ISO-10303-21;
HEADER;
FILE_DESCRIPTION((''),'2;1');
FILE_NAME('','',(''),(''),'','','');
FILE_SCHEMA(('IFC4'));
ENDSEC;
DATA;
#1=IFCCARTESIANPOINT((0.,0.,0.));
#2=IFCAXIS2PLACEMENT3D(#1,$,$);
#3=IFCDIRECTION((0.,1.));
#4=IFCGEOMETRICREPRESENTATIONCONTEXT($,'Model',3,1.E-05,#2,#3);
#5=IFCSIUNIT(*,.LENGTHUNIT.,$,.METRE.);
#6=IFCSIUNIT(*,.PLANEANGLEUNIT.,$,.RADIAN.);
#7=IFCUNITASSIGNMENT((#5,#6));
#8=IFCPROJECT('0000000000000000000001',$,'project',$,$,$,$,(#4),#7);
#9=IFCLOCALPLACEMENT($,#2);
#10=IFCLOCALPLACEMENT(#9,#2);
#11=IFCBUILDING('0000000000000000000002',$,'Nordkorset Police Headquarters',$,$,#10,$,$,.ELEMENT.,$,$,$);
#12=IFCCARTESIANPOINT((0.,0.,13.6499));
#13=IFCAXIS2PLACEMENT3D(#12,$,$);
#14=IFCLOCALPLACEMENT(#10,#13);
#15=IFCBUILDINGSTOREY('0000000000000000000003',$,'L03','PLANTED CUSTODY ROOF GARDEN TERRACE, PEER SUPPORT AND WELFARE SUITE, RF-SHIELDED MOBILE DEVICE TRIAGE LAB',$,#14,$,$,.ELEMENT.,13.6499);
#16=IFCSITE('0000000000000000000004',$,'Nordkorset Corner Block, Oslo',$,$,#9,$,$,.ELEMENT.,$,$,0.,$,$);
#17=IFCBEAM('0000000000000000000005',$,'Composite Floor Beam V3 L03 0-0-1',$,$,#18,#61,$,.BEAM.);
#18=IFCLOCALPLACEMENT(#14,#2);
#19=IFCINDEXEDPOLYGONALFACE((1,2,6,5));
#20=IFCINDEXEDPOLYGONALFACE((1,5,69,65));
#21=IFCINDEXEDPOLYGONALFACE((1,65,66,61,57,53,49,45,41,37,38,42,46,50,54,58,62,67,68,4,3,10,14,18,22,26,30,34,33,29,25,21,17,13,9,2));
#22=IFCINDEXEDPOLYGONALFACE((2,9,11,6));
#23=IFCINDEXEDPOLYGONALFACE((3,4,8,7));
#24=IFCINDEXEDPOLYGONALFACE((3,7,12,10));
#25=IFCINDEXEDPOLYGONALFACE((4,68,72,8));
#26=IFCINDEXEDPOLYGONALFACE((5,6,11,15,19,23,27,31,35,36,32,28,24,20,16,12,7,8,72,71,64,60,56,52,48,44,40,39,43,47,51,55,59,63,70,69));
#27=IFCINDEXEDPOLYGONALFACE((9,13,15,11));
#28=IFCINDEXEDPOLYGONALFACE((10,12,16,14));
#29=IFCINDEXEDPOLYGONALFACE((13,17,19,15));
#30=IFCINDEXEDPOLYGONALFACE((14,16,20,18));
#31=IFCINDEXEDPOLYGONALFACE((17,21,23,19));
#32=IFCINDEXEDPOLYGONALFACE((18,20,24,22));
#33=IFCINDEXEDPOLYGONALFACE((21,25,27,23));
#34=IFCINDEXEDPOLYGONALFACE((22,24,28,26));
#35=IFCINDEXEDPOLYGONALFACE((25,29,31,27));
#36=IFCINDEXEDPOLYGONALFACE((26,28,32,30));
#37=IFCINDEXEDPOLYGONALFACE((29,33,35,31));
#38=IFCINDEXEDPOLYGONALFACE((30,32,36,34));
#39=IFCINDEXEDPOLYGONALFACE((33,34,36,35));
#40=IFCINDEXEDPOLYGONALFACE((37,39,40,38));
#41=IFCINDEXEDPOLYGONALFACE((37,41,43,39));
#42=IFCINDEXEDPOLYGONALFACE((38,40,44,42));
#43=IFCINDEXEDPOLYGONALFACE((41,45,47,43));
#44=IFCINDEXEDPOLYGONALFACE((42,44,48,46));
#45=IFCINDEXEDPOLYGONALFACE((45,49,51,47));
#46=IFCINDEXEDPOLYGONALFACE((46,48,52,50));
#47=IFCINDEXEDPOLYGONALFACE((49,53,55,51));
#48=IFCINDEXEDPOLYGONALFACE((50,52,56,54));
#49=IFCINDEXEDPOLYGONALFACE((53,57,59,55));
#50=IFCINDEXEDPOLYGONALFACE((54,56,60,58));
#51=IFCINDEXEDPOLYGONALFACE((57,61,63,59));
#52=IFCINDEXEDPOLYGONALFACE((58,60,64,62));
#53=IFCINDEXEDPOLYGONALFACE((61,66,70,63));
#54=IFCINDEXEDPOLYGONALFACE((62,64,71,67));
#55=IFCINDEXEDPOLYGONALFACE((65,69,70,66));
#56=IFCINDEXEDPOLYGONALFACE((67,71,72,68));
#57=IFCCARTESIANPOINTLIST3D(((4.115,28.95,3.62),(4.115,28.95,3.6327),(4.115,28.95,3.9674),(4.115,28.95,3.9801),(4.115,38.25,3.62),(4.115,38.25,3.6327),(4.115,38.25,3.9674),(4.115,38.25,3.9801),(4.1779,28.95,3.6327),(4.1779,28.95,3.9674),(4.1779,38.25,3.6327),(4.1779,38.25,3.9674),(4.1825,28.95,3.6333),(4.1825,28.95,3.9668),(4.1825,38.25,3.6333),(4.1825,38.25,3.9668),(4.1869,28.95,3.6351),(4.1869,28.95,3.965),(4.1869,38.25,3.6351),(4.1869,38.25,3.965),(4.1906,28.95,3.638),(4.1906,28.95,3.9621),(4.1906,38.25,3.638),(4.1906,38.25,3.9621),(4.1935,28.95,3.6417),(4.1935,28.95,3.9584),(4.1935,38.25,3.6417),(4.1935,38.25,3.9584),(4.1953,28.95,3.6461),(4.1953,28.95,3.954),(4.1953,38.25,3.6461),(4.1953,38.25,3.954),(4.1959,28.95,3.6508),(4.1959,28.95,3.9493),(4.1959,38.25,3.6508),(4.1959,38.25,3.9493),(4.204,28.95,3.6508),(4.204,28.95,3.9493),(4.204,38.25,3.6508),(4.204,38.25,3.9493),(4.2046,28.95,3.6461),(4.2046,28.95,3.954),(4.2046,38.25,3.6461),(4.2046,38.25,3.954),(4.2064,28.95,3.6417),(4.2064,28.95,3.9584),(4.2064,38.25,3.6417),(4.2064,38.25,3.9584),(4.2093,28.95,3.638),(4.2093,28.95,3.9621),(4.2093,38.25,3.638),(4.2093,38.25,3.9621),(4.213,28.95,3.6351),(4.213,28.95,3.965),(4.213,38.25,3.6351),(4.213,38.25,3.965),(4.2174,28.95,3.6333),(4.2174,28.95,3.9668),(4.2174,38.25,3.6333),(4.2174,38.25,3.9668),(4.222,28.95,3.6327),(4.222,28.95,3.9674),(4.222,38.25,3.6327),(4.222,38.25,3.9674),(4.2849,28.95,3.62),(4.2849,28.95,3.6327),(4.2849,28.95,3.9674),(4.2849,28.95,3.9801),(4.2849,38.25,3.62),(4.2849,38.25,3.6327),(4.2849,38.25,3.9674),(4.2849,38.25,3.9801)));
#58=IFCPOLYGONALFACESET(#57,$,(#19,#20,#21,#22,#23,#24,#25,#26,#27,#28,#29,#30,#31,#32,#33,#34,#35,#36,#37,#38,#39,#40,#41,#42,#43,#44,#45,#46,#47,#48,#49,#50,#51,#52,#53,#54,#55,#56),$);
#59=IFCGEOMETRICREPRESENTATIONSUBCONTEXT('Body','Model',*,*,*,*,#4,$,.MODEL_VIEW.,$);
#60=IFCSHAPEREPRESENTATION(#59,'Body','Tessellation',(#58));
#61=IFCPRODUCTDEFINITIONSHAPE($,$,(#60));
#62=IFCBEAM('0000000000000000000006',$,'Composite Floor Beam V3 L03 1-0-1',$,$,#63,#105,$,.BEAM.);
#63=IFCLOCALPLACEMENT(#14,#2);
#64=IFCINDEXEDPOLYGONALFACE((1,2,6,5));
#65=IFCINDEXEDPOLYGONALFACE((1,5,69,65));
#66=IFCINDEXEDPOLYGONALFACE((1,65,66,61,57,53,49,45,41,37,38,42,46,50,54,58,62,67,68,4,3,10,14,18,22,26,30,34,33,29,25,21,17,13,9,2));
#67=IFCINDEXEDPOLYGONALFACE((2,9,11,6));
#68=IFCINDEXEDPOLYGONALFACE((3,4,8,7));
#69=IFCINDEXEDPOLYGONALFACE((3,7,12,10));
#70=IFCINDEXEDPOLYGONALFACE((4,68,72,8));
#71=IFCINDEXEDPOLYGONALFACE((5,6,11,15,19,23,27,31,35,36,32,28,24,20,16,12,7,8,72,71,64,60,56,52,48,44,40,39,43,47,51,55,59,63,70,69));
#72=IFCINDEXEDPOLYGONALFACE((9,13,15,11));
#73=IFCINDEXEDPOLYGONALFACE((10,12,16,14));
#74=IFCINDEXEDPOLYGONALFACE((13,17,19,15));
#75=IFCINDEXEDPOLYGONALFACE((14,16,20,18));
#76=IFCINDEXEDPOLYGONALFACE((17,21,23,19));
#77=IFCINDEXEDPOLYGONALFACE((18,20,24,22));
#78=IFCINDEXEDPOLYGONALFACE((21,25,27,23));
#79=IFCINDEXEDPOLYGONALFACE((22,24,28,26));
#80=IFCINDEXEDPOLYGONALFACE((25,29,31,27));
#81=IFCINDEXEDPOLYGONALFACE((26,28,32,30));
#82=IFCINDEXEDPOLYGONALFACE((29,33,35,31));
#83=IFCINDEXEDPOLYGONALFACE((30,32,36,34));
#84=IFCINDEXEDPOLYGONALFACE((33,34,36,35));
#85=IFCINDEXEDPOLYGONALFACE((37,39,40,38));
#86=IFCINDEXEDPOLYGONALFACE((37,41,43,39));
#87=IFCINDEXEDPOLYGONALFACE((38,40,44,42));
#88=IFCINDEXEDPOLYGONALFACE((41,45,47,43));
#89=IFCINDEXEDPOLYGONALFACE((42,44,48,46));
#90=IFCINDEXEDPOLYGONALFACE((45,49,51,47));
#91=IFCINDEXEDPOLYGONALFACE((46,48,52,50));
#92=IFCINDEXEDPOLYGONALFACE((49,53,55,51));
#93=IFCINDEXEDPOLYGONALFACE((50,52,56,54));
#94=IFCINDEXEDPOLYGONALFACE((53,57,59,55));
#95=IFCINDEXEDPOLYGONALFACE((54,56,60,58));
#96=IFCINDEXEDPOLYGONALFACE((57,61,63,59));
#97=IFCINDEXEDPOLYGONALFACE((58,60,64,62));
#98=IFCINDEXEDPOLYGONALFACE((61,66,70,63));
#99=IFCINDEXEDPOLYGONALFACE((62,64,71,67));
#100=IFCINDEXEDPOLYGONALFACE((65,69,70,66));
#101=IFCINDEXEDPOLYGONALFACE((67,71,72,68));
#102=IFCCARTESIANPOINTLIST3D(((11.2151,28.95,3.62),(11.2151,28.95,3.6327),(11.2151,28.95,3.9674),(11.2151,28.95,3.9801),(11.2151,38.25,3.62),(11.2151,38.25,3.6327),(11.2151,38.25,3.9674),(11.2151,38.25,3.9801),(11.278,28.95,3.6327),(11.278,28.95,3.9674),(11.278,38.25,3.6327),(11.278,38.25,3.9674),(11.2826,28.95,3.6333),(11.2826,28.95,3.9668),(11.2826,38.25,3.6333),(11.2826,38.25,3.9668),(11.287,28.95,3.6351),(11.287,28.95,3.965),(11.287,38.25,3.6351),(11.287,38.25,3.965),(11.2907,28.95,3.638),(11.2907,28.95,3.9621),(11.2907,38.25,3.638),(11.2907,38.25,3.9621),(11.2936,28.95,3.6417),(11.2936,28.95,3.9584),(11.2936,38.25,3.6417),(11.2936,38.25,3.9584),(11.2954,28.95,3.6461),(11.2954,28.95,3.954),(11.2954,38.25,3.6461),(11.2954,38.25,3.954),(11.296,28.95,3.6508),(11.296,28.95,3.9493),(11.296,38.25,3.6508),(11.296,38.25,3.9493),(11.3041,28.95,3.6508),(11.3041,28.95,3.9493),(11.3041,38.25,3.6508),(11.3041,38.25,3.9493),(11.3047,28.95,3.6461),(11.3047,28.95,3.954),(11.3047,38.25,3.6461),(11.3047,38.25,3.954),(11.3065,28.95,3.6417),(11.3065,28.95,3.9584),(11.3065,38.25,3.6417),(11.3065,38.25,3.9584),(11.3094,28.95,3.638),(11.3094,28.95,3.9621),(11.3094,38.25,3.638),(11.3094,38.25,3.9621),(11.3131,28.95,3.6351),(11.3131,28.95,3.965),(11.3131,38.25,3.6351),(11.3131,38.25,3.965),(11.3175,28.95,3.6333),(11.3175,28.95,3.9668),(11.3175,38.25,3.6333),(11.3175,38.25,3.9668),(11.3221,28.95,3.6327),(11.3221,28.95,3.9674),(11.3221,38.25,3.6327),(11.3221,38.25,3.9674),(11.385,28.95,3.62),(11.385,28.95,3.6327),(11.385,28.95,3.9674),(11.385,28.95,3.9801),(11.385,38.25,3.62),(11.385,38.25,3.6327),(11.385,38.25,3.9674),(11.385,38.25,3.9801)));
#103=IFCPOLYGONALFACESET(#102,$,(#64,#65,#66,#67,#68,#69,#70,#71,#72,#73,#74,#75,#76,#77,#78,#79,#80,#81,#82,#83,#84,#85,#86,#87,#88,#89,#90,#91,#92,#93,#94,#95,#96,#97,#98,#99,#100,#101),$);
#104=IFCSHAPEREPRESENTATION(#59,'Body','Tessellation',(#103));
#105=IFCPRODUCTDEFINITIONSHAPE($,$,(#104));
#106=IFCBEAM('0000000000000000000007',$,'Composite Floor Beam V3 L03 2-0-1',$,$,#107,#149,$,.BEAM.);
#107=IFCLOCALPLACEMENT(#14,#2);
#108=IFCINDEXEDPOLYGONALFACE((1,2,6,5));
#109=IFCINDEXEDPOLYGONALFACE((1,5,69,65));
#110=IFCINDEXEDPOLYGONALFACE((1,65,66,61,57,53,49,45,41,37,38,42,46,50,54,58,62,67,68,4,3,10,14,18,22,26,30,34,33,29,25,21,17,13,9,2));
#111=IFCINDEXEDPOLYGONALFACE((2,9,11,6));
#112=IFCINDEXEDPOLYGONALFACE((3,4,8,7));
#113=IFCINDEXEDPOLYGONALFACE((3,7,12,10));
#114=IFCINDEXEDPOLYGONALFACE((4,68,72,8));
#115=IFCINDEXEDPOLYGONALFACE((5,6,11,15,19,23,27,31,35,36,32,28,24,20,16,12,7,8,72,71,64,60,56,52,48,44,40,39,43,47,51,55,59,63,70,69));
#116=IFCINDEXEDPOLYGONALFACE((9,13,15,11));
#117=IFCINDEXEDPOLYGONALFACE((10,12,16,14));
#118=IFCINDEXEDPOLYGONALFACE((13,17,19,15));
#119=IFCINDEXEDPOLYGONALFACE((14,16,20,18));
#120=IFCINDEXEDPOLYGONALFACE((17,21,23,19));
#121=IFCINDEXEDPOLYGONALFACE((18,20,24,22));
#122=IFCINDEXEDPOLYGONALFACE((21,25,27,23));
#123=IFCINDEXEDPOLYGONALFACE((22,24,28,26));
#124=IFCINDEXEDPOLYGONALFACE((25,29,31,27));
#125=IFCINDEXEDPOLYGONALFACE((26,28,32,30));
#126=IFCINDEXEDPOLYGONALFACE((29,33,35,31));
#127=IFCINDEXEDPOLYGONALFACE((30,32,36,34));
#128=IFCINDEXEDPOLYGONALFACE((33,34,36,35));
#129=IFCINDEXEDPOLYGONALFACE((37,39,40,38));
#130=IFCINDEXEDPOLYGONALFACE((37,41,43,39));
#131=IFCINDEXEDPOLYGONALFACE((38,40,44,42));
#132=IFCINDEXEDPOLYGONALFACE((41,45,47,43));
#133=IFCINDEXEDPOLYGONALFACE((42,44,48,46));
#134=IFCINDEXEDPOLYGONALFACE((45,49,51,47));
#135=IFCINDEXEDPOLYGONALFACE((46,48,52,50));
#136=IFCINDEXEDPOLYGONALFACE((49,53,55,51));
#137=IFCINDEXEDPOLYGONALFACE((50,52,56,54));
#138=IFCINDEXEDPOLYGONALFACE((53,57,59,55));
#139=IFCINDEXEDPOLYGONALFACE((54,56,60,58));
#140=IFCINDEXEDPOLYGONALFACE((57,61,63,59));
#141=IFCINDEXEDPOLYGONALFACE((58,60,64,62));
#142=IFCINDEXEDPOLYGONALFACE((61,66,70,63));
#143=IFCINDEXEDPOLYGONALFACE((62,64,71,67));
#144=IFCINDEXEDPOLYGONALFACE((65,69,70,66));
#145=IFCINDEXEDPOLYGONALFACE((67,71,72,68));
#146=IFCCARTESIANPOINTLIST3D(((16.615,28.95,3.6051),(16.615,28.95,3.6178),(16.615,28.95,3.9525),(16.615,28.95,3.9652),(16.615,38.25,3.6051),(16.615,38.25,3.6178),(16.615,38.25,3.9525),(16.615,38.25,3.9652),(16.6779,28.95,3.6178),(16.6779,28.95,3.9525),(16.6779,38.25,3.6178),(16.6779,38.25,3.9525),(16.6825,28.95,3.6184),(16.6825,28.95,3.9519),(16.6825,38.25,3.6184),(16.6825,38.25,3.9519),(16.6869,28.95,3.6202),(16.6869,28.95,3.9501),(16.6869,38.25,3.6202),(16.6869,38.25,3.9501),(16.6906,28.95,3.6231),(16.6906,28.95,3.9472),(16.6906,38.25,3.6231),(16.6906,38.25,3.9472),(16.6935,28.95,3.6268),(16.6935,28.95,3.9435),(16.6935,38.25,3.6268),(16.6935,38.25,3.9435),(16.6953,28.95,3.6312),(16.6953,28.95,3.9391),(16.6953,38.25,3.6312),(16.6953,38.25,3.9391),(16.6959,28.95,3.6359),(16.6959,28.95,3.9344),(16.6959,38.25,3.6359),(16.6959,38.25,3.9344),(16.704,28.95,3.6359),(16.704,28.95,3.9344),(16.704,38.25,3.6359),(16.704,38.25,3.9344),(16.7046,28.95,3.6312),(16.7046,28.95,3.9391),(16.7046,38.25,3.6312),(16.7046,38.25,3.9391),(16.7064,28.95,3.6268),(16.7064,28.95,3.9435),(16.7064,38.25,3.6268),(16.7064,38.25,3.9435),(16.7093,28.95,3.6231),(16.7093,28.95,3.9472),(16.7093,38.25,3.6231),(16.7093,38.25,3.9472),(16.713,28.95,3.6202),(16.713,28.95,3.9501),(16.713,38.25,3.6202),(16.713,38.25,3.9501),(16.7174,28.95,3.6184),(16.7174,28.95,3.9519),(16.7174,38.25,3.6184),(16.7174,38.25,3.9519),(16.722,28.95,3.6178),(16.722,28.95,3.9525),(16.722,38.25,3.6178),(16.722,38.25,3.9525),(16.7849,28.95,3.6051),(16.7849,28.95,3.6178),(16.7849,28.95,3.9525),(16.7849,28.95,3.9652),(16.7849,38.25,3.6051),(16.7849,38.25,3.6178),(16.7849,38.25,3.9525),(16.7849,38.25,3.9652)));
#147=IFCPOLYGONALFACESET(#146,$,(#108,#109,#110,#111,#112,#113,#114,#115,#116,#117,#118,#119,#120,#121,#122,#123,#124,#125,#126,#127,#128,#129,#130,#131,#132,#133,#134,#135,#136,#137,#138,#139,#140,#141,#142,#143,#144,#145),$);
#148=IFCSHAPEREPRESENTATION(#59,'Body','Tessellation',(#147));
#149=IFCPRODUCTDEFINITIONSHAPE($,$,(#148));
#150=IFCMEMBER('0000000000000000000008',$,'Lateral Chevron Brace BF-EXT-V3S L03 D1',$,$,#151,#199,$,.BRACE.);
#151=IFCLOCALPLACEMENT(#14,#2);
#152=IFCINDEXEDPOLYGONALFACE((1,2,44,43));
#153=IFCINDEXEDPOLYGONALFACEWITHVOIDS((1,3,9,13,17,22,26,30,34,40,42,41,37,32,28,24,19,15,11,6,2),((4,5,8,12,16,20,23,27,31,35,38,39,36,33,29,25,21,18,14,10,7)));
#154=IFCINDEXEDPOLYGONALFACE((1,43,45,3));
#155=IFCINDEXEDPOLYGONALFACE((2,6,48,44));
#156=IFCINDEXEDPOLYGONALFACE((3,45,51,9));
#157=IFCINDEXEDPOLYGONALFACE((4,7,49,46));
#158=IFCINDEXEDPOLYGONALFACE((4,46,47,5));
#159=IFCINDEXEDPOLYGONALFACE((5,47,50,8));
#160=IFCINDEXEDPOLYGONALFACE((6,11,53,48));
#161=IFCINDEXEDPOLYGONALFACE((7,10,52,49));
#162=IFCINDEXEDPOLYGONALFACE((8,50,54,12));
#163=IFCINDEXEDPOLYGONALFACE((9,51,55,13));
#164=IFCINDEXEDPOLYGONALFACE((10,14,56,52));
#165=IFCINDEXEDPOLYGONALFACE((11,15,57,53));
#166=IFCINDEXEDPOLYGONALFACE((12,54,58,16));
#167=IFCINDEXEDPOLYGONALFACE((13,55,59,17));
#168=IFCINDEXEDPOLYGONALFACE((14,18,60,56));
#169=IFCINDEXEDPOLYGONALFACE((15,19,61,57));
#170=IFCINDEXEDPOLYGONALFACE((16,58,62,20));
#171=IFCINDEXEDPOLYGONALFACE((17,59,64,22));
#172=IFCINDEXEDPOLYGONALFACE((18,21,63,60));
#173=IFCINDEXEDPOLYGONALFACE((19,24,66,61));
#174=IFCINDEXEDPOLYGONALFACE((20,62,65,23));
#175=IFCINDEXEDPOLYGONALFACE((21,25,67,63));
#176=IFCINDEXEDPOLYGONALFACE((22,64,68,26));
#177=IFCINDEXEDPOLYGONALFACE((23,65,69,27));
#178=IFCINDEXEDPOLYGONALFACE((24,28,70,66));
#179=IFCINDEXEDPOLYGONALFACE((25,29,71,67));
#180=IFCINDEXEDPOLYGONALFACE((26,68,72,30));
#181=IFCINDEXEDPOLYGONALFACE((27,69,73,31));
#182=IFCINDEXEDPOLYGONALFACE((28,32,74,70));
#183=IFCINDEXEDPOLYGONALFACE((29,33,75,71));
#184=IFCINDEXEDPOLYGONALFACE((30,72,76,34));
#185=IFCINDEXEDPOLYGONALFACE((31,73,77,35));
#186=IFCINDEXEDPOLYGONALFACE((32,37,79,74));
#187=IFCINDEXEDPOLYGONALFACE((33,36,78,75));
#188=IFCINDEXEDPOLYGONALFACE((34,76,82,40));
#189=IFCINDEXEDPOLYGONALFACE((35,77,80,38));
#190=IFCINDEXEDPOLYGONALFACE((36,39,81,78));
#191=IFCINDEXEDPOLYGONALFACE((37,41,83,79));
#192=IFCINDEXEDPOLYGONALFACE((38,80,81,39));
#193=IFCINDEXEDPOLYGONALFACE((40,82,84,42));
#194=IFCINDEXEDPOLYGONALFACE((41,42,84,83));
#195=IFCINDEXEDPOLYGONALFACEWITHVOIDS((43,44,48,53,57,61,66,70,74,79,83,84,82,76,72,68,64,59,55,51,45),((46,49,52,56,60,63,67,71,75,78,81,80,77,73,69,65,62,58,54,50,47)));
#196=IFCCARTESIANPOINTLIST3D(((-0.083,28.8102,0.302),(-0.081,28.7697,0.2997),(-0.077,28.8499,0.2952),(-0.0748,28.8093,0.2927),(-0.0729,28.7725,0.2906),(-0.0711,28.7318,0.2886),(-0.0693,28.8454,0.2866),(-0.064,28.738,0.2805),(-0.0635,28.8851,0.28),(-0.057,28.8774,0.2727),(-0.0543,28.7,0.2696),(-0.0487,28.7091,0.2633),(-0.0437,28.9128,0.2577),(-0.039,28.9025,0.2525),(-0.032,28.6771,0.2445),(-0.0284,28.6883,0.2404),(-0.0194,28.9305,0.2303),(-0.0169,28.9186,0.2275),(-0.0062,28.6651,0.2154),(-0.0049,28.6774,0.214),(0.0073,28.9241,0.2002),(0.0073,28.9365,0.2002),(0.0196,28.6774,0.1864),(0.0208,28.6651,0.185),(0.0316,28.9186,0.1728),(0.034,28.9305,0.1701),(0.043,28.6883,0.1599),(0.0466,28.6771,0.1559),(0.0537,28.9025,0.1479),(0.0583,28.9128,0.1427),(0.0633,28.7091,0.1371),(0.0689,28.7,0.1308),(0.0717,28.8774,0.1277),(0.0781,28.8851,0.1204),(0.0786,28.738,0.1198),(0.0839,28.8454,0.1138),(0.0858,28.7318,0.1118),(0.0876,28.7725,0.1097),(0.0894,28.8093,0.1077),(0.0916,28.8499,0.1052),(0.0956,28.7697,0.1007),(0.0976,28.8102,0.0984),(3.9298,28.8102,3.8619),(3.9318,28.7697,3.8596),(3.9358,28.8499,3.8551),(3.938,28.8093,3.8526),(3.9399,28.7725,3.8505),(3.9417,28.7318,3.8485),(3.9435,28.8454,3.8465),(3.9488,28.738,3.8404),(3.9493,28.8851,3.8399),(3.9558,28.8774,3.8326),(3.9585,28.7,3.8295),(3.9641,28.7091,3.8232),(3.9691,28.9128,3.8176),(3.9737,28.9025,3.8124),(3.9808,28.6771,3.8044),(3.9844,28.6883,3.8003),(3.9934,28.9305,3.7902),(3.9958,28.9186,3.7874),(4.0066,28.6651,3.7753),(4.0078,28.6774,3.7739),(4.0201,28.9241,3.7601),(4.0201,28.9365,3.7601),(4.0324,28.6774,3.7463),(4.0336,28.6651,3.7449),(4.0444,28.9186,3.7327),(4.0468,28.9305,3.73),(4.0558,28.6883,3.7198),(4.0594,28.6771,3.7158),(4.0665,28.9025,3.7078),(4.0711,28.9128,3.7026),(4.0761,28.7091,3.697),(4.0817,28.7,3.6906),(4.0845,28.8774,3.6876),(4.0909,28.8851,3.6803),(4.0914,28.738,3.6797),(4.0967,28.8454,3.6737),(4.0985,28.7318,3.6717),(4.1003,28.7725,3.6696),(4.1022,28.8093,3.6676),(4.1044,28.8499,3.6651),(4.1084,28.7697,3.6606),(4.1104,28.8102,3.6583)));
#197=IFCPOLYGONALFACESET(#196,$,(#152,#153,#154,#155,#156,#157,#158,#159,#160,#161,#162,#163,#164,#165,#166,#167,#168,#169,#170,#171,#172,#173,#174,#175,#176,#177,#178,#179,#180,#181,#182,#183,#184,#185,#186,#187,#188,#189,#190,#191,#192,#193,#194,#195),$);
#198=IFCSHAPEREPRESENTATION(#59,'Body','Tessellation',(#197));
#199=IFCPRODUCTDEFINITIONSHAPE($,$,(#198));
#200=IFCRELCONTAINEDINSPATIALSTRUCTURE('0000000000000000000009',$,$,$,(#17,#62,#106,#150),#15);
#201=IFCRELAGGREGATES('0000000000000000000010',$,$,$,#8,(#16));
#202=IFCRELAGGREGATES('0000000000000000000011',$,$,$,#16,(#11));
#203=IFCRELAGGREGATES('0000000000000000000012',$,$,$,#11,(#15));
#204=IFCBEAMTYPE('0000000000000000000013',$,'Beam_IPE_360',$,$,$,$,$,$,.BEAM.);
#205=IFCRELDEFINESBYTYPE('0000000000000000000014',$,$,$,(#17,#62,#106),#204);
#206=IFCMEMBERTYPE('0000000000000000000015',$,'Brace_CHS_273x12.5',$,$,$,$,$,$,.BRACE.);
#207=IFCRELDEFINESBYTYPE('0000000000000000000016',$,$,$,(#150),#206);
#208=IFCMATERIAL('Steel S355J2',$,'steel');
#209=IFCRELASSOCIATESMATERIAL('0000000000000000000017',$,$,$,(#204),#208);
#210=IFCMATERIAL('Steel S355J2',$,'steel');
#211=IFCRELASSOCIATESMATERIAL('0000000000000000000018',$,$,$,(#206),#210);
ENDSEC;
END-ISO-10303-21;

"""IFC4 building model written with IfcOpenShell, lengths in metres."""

from ifc_helpers import new_model, si_unit, direction, frame, origin, origin_2d, place, context, subcontext, project, spatial, hollow_circle, i_section, extrude, material, material_profile, profile_set, type_object, element, save


model = new_model("IFC4")

# Units and contexts
model_context = context("Model", 3, precision=1e-05, world=origin(), true_north=direction((0.0, 1.0)))
body_context = subcontext(model_context, "Body", "Model", "MODEL_VIEW")
ifc_project = project(units=[si_unit("LENGTHUNIT", "METRE"), si_unit("PLANEANGLEUNIT", "RADIAN")], contexts=[model_context])

# Site, building, storey
site_placement = place(None, origin())
site = spatial("IfcSite", under=ifc_project, at=site_placement, Name="Nordkorset Corner Block, Oslo", CompositionType="ELEMENT", RefElevation=0.0)
building_placement = place(site_placement, origin())
building = spatial("IfcBuilding", under=site, at=building_placement, Name="Nordkorset Police Headquarters", CompositionType="ELEMENT")
storey_placement = place(building_placement, frame((0.0, 0.0, 13.6499)))
storey = spatial("IfcBuildingStorey", under=building, at=storey_placement, Name="L03", Description="PLANTED CUSTODY ROOF GARDEN TERRACE, PEER SUPPORT AND WELFARE SUITE, RF-SHIELDED MOBILE DEVICE TRIAGE LAB", CompositionType="ELEMENT", Elevation=13.6499)

# Beams
ifc_material_1 = material(Name="Steel S355J2", Category="steel")
ifc_material_profile_1 = material_profile(ifc_material_1, i_section(OverallWidth=0.1699, OverallDepth=0.3601, WebThickness=0.0081, FlangeThickness=0.0127, FilletRadius=0.0181, at=origin_2d()), Name="IPE 360")
ifc_profile_set_1 = profile_set([ifc_material_profile_1], Name="Steel S355J2")
beam_type_1 = type_object("IfcBeamType", Name="Beam_IPE_360", PredefinedType="BEAM", material=ifc_profile_set_1)
for number, where, z_axis, x_axis, name in (
    (1, (4.2, 28.95, 3.8), (0.0, 1.0, 0.0), (-1.0, 0.0, 0.0), "Composite Floor Beam V3 L03 0-0-1"),
    (2, (11.3, 28.95, 3.8), (0.0, 1.0, 0.0), (-1.0, 0.0, 0.0), "Composite Floor Beam V3 L03 1-0-1"),
    (3, (16.7, 28.95, 3.7852), (0.0, 1.0, 0.0), (-1.0, 0.0, 0.0), "Composite Floor Beam V3 L03 2-0-1"),
):
    element("IfcBeam", number, at=place(storey_placement, frame(where, z_axis=z_axis, x_axis=x_axis)), inside=storey, type_object=beam_type_1, Name=name, PredefinedType="BEAM", context=body_context, shape_type="SweptSolid", body=[
        extrude(i_section(OverallWidth=0.1699, OverallDepth=0.3601, WebThickness=0.0081, FlangeThickness=0.0127, FilletRadius=0.0181, at=origin_2d()), origin(), (0.0, 0.0, 1.0), 9.3),
    ])

# Member
ifc_material_2 = material(Name="Steel S355J2", Category="steel")
ifc_material_profile_2 = material_profile(ifc_material_2, hollow_circle(Radius=0.1365, WallThickness=0.0125, at=origin_2d()), Name="CHS 273x12.5")
ifc_profile_set_2 = profile_set([ifc_material_profile_2], Name="Steel S355J2")
member_type_1 = type_object("IfcMemberType", Name="Brace_CHS_273x12.5", PredefinedType="BRACE", material=ifc_profile_set_2)
for number, where, z_axis, x_axis, name in (
    (4, (0.0073, 28.8, 0.2002), (0.748059, 0.0, 0.663632), (0.0, 1.0, 0.0), "Lateral Chevron Brace BF-EXT-V3S L03 D1"),
):
    element("IfcMember", number, at=place(storey_placement, frame(where, z_axis=z_axis, x_axis=x_axis)), inside=storey, type_object=member_type_1, Name=name, PredefinedType="BRACE", context=body_context, shape_type="SweptSolid", body=[
        extrude(hollow_circle(Radius=0.1365, WallThickness=0.0125, at=origin_2d()), origin(), (0.0, 0.0, 1.0), 5.3643),
    ])

save(model, "model.ifc")
